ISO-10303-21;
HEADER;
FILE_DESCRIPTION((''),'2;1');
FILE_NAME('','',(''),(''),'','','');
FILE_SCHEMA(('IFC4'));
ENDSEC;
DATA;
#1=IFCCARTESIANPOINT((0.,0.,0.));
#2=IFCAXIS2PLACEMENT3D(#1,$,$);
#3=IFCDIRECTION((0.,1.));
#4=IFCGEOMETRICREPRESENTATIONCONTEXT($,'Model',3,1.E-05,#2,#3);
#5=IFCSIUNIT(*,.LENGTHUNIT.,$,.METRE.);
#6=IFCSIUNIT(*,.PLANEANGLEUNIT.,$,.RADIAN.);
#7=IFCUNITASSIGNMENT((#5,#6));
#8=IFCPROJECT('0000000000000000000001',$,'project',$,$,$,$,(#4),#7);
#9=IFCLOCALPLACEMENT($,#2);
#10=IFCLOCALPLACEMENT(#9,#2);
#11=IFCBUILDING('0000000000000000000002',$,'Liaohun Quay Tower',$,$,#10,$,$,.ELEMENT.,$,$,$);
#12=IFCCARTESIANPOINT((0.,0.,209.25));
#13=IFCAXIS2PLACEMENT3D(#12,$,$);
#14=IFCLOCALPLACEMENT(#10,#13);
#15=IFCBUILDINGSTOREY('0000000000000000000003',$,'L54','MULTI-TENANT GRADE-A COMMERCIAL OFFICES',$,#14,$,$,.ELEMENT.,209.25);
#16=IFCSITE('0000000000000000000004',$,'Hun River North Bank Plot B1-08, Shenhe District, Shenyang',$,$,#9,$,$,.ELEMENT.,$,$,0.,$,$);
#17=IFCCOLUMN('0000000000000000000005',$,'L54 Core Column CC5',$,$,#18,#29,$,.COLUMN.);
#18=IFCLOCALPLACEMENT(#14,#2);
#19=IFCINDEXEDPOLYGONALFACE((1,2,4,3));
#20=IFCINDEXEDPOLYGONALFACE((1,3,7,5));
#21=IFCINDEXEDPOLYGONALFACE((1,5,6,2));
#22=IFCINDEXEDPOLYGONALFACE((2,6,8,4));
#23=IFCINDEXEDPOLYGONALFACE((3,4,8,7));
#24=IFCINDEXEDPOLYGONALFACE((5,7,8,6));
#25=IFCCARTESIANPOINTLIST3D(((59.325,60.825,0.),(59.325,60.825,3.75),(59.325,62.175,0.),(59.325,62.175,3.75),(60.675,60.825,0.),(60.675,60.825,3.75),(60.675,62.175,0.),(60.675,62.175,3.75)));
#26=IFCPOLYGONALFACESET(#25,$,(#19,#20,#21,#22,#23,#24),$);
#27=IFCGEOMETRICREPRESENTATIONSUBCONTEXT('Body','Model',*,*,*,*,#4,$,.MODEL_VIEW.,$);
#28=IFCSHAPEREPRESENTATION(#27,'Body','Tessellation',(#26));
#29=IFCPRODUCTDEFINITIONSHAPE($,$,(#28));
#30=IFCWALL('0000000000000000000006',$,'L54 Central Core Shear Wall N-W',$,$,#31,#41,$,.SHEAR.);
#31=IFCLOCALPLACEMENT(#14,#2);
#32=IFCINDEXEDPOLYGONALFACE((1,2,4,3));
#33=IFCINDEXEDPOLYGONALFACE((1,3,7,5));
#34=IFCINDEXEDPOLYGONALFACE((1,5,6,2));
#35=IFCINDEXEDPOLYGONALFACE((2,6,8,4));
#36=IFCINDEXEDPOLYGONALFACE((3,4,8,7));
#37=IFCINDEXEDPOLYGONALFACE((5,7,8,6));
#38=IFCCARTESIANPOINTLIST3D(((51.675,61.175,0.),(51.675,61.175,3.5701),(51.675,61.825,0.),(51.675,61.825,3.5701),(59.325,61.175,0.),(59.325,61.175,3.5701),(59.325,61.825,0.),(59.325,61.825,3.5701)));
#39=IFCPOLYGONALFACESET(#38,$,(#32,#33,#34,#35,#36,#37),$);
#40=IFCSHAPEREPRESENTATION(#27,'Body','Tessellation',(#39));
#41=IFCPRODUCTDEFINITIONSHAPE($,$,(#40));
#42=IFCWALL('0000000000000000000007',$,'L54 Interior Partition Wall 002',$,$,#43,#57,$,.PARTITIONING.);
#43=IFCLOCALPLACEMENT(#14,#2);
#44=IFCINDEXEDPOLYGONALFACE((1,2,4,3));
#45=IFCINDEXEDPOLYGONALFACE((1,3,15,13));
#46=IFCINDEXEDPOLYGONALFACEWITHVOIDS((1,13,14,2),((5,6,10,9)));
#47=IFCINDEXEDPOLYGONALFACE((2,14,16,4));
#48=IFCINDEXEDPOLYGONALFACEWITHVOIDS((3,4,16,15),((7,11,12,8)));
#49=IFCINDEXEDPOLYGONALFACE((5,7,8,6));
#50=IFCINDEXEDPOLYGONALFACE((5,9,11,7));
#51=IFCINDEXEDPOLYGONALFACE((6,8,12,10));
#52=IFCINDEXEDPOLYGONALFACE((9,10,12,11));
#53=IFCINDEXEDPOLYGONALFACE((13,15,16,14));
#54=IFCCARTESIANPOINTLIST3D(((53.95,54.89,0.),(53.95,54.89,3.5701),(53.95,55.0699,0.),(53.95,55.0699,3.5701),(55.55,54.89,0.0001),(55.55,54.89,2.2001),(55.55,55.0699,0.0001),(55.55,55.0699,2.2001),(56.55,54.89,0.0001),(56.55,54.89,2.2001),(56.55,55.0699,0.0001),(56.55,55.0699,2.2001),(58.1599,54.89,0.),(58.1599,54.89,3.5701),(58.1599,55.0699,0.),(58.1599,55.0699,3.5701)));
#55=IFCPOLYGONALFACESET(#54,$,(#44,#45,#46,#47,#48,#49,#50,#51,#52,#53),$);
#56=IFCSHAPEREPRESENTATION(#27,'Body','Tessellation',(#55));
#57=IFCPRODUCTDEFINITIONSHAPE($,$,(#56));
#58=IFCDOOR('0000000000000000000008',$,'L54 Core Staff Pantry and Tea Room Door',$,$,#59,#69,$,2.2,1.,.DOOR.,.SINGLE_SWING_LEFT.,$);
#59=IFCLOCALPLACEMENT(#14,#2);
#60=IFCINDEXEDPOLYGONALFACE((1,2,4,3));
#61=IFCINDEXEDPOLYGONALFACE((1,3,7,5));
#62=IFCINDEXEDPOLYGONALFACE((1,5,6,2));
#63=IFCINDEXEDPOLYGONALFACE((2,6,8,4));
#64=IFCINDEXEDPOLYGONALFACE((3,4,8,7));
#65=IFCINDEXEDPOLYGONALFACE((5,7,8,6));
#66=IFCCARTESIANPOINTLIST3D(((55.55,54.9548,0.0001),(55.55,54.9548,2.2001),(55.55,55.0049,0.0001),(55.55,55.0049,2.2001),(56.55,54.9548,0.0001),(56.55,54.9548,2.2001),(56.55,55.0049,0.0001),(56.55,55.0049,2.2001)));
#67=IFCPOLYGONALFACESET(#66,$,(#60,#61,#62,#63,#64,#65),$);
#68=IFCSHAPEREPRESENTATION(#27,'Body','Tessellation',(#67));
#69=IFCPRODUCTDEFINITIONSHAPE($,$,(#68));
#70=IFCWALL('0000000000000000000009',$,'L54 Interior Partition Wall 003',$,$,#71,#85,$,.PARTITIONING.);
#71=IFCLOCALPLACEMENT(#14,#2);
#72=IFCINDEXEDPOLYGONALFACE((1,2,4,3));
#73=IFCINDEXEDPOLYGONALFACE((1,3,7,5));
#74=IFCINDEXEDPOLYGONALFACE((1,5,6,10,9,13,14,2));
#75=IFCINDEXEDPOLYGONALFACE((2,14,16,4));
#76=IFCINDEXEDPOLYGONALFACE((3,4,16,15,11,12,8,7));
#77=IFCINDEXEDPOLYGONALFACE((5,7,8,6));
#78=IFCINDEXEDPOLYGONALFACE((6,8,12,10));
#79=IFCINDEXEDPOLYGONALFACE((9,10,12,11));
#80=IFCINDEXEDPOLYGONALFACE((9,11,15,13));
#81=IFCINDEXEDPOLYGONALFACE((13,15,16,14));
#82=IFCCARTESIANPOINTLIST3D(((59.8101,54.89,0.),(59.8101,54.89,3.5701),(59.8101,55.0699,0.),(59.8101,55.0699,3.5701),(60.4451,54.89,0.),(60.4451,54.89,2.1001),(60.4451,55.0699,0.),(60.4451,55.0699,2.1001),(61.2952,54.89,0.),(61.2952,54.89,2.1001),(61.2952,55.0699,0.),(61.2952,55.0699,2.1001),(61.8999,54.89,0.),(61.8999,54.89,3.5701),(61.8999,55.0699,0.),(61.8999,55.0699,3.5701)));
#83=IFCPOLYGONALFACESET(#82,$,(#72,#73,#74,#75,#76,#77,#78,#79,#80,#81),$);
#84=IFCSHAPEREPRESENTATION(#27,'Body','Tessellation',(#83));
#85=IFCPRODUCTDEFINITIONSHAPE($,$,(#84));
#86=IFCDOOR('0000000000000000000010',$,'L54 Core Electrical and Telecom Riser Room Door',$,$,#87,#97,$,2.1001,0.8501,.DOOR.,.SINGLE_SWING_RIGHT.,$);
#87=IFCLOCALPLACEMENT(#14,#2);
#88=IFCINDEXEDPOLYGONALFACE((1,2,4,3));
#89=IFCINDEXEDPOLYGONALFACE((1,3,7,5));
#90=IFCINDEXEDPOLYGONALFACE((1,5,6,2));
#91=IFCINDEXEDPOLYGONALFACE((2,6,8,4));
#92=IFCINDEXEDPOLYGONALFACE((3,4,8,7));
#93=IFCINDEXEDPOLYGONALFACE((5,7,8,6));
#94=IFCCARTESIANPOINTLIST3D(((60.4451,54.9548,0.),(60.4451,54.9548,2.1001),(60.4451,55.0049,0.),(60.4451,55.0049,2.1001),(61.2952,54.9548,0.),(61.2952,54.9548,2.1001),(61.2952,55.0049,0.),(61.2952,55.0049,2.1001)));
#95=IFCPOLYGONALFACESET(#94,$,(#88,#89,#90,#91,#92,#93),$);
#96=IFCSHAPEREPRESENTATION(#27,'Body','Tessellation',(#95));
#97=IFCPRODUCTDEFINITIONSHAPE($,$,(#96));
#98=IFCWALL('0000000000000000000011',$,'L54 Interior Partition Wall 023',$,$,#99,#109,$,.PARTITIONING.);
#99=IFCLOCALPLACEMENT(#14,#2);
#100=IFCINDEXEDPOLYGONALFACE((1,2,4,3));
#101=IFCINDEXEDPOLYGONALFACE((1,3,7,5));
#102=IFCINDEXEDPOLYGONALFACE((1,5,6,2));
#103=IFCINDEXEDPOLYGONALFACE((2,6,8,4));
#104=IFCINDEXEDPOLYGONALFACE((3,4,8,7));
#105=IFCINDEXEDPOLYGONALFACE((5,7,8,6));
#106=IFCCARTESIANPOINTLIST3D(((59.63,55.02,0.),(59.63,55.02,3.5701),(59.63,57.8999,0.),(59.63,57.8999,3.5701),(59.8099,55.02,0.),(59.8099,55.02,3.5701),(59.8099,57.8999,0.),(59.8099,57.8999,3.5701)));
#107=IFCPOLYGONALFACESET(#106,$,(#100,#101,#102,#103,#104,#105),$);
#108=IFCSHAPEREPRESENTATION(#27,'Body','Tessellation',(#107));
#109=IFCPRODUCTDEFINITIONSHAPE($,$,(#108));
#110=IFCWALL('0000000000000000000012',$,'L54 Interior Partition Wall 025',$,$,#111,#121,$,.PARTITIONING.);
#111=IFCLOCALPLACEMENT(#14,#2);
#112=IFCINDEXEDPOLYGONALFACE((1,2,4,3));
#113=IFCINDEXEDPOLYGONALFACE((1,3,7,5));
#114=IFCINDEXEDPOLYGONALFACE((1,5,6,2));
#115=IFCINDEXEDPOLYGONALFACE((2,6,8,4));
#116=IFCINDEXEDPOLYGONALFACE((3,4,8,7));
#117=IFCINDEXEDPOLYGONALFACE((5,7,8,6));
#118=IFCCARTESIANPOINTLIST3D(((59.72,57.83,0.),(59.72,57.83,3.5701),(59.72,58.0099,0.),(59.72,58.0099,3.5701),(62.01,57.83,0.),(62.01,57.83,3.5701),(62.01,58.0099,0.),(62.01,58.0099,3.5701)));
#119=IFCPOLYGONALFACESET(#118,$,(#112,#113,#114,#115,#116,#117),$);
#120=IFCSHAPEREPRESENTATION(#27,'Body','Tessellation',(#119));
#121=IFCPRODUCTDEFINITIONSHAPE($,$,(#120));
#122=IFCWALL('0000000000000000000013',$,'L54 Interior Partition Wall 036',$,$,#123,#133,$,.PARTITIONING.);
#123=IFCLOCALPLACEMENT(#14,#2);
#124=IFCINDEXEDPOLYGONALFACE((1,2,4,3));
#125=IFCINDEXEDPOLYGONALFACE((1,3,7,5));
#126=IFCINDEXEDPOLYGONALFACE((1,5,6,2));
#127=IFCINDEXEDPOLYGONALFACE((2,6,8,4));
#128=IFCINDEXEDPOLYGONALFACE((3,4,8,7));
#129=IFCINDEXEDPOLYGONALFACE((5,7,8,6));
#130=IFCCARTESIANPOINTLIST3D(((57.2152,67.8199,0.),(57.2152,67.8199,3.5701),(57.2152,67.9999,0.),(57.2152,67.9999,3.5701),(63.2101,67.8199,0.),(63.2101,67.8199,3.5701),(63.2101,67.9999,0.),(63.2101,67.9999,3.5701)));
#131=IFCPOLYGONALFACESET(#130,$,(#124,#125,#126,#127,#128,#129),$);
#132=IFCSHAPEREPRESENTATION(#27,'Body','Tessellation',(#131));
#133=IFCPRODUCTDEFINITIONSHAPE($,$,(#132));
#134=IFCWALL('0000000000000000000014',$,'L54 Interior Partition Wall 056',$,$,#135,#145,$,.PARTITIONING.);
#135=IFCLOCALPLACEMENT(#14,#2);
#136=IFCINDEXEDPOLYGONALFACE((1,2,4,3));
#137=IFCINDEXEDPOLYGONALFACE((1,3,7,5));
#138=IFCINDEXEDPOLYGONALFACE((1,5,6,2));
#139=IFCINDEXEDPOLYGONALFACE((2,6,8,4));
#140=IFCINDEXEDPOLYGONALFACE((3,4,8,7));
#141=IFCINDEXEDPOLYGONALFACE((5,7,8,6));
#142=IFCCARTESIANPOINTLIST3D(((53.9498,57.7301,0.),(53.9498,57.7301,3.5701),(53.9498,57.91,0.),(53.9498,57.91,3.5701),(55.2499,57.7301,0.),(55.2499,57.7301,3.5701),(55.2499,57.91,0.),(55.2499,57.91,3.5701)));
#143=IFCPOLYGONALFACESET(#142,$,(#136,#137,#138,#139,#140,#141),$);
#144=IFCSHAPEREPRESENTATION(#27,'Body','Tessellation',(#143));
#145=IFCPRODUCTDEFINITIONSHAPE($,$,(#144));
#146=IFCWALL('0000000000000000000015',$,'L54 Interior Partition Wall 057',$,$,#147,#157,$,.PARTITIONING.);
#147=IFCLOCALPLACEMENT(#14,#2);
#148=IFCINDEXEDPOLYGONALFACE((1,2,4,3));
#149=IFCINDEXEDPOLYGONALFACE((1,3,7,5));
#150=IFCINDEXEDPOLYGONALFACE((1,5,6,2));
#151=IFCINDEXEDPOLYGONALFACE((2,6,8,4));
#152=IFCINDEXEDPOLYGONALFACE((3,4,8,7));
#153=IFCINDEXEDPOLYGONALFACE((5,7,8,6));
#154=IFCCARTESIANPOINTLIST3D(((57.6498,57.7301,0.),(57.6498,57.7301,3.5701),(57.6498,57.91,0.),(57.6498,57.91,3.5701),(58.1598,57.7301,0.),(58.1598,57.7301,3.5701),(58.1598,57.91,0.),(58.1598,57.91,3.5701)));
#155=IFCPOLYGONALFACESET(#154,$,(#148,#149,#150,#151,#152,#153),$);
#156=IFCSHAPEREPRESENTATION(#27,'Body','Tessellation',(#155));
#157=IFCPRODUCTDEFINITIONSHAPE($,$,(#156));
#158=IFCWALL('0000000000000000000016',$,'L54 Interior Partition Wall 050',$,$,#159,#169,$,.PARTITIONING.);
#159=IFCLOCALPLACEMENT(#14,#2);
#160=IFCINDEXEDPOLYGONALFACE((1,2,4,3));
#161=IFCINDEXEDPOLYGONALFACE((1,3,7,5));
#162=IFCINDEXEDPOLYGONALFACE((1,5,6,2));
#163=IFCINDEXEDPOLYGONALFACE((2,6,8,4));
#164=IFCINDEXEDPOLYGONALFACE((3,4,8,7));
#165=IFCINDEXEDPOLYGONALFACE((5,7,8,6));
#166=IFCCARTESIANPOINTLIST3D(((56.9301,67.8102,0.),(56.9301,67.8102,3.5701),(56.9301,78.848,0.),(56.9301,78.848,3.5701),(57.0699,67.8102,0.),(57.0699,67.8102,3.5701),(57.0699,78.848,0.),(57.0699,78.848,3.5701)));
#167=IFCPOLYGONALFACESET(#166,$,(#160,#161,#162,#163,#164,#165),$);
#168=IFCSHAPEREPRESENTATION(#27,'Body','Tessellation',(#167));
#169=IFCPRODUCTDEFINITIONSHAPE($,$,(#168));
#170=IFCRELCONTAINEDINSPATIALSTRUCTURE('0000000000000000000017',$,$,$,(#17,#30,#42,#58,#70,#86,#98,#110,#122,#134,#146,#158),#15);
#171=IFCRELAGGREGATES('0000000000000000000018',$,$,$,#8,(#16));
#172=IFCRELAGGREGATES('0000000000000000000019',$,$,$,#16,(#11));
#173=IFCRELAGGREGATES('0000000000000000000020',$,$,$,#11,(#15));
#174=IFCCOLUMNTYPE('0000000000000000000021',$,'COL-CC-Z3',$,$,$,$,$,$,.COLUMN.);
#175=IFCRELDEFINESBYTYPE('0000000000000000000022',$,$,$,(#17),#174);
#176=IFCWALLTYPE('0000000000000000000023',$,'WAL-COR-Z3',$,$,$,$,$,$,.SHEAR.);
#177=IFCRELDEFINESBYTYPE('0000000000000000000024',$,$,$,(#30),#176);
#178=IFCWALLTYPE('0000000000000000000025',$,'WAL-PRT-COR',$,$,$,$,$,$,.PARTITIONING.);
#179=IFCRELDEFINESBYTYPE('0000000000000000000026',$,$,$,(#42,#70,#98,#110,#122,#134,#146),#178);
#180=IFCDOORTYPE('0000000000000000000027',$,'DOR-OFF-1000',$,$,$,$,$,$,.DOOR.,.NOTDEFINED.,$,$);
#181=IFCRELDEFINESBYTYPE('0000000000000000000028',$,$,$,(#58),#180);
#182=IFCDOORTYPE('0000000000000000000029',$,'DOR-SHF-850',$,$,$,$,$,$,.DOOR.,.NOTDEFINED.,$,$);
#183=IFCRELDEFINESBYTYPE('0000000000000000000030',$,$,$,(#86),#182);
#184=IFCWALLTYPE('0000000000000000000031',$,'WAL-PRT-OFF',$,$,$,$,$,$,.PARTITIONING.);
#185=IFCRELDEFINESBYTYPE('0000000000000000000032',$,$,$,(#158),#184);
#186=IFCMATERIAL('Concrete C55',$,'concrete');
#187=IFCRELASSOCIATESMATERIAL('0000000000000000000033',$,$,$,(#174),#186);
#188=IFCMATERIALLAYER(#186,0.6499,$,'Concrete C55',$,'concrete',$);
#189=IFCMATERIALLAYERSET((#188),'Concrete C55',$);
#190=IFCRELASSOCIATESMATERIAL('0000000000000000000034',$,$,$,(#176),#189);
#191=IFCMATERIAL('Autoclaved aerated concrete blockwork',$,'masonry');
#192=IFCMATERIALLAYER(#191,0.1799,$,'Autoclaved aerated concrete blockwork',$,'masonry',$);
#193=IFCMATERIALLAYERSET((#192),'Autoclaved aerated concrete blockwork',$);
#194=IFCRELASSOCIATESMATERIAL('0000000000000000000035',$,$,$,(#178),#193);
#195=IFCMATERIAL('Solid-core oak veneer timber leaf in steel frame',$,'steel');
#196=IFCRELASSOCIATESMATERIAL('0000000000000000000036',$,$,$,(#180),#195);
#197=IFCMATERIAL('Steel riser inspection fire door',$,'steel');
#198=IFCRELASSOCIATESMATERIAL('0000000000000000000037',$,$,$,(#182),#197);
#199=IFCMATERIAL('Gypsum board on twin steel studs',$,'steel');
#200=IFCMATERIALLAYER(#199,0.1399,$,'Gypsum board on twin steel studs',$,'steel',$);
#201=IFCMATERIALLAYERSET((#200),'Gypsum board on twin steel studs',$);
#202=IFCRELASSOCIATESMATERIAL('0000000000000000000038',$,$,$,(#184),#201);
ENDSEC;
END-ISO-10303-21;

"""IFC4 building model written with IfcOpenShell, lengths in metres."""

from ifc_helpers import new_model, si_unit, direction, frame, frame_2d, origin, origin_2d, place, context, subcontext, project, spatial, rectangle, extrude, source, transform, mapped, material, layer, layer_set, material_profile, profile_set, type_object, element, fill, save


model = new_model("IFC4")

# Units and contexts
model_context = context("Model", 3, precision=1e-05, world=origin(), true_north=direction((0.0, 1.0)))
body_context = subcontext(model_context, "Body", "Model", "MODEL_VIEW")
ifc_project = project(units=[si_unit("LENGTHUNIT", "METRE"), si_unit("PLANEANGLEUNIT", "RADIAN")], contexts=[model_context])

# Site, building, storey
site_placement = place(None, origin())
site = spatial("IfcSite", under=ifc_project, at=site_placement, Name="Hun River North Bank Plot B1-08, Shenhe District, Shenyang", CompositionType="ELEMENT", RefElevation=0.0)
building_placement = place(site_placement, origin())
building = spatial("IfcBuilding", under=site, at=building_placement, Name="Liaohun Quay Tower", CompositionType="ELEMENT")
storey_placement = place(building_placement, frame((0.0, 0.0, 209.25)))
storey = spatial("IfcBuildingStorey", under=building, at=storey_placement, Name="L54", Description="MULTI-TENANT GRADE-A COMMERCIAL OFFICES", CompositionType="ELEMENT", Elevation=209.25)

# Column
ifc_material_1 = material(Name="Concrete C55", Category="concrete")
ifc_material_profile = material_profile(ifc_material_1, rectangle(XDim=1.3501, YDim=1.3501, at=origin_2d()), Name="RC1350x1350")
ifc_profile_set = profile_set([ifc_material_profile], Name="Concrete C55")
column_type = type_object("IfcColumnType", Name="COL-CC-Z3", PredefinedType="COLUMN", material=ifc_profile_set)
shared_shape_1 = source(origin(), body_context, "Body", "SweptSolid", [
    extrude(rectangle(XDim=1.3501, YDim=1.3501, at=origin_2d()), origin(), (0.0, 0.0, 1.0), 3.75),
])
column_placement = place(storey_placement, frame((60.0, 61.5, 0.0), z_axis=(0.0, 0.0, 1.0), x_axis=(1.0, 0.0, 0.0)))
element("IfcColumn", 1, at=column_placement, inside=storey, type_object=column_type, Name="L54 Core Column CC5", PredefinedType="COLUMN", context=body_context, shape_type="MappedRepresentation", body=[
    mapped(shared_shape_1, transform((0.0, 0.0, 0.0), x_axis=(1.0, 0.0, 0.0), y_axis=(0.0, 1.0, 0.0), z_axis=(0.0, 0.0, 1.0), scale=1.0)),
])

# Wall
ifc_layer_1 = layer(ifc_material_1, 0.6499, Name="Concrete C55", Category="concrete")
ifc_layer_set_1 = layer_set([ifc_layer_1], Name="Concrete C55")
wall_type_1 = type_object("IfcWallType", Name="WAL-COR-Z3", PredefinedType="SHEAR", material=ifc_layer_set_1)
wall_1_placement = place(storey_placement, frame((51.675, 61.5, 0.0), z_axis=(0.0, 0.0, 1.0), x_axis=(1.0, 0.0, 0.0)))
element("IfcWall", 2, at=wall_1_placement, inside=storey, type_object=wall_type_1, Name="L54 Central Core Shear Wall N-W", PredefinedType="SHEAR", context=body_context, shape_type="SweptSolid", body=[
    extrude(rectangle(XDim=7.6499, YDim=0.6499, at=frame_2d((3.825, 0.0))), origin(), (0.0, 0.0, 1.0), 3.5701),
])

# Walls, openings, doors
ifc_material_2 = material(Name="Autoclaved aerated concrete blockwork", Category="masonry")
ifc_layer_2 = layer(ifc_material_2, 0.1799, Name="Autoclaved aerated concrete blockwork", Category="masonry")
ifc_layer_set_2 = layer_set([ifc_layer_2], Name="Autoclaved aerated concrete blockwork")
wall_type_2 = type_object("IfcWallType", Name="WAL-PRT-COR", PredefinedType="PARTITIONING", material=ifc_layer_set_2)
wall_2_placement = place(storey_placement, frame((53.95, 54.98, 0.0), z_axis=(0.0, 0.0, 1.0), x_axis=(1.0, 0.0, 0.0)))
wall_2 = element("IfcWall", 3, at=wall_2_placement, inside=storey, type_object=wall_type_2, Name="L54 Interior Partition Wall 002", PredefinedType="PARTITIONING", context=body_context, shape_type="SweptSolid", body=[
    extrude(rectangle(XDim=4.21, YDim=0.1799, at=frame_2d((2.105, 0.0))), origin(), (0.0, 0.0, 1.0), 3.5701),
])
shared_shape_2 = source(origin(), body_context, "Body", "SweptSolid", [
    extrude(rectangle(XDim=1.0, YDim=2.2, at=frame_2d((0.5, 1.1001))), frame((0.0, 0.0999, 0.0), z_axis=(0.0, -1.0, 0.0), x_axis=(1.0, 0.0, 0.0)), (0.0, 0.0, 1.0), 0.2),
])
opening_1_placement = place(wall_2_placement, frame((1.6001, 0.0, 0.0)))
opening_1 = element("IfcOpeningElement", 4, at=opening_1_placement, cuts=wall_2, PredefinedType="OPENING", context=body_context, shape_type="MappedRepresentation", body=[
    mapped(shared_shape_2, transform((0.0, 0.0, 0.0), x_axis=(1.0, 0.0, 0.0), y_axis=(0.0, 1.0, 0.0), z_axis=(0.0, 0.0, 1.0), scale=1.0)),
])
ifc_material_3 = material(Name="Solid-core oak veneer timber leaf in steel frame", Category="steel")
door_type_1 = type_object("IfcDoorType", Name="DOR-OFF-1000", OperationType="NOTDEFINED", PredefinedType="DOOR", material=ifc_material_3)
shared_shape_3 = source(origin(), body_context, "Body", "SweptSolid", [
    extrude(rectangle(XDim=1.0, YDim=2.2, at=frame_2d((0.5, 1.1001))), frame((0.0, 0.0249, 0.0), z_axis=(0.0, -1.0, 0.0), x_axis=(1.0, 0.0, 0.0)), (0.0, 0.0, 1.0), 0.05),
])
door_1_placement = place(opening_1_placement, origin())
door_1 = element("IfcDoor", 5, at=door_1_placement, inside=storey, type_object=door_type_1, Name="L54 Core Staff Pantry and Tea Room Door", OperationType="SINGLE_SWING_LEFT", OverallHeight=2.2, OverallWidth=1.0, PredefinedType="DOOR", context=body_context, shape_type="MappedRepresentation", body=[
    mapped(shared_shape_3, transform((0.0, 0.0, 0.0), x_axis=(1.0, 0.0, 0.0), y_axis=(0.0, 1.0, 0.0), z_axis=(0.0, 0.0, 1.0), scale=1.0)),
])
fill(opening_1, door_1)
wall_3_placement = place(storey_placement, frame((59.8101, 54.98, 0.0), z_axis=(0.0, 0.0, 1.0), x_axis=(1.0, 0.0, 0.0)))
wall_3 = element("IfcWall", 6, at=wall_3_placement, inside=storey, type_object=wall_type_2, Name="L54 Interior Partition Wall 003", PredefinedType="PARTITIONING", context=body_context, shape_type="SweptSolid", body=[
    extrude(rectangle(XDim=2.0898, YDim=0.1799, at=frame_2d((1.0449, 0.0))), origin(), (0.0, 0.0, 1.0), 3.5701),
])
shared_shape_4 = source(origin(), body_context, "Body", "SweptSolid", [
    extrude(rectangle(XDim=0.8501, YDim=2.1001, at=frame_2d((0.425, 1.05))), frame((0.0, 0.0999, 0.0), z_axis=(0.0, -1.0, 0.0), x_axis=(1.0, 0.0, 0.0)), (0.0, 0.0, 1.0), 0.2),
])
opening_2_placement = place(wall_3_placement, frame((0.635, 0.0, 0.0)))
opening_2 = element("IfcOpeningElement", 7, at=opening_2_placement, cuts=wall_3, PredefinedType="OPENING", context=body_context, shape_type="MappedRepresentation", body=[
    mapped(shared_shape_4, transform((0.0, 0.0, 0.0), x_axis=(1.0, 0.0, 0.0), y_axis=(0.0, 1.0, 0.0), z_axis=(0.0, 0.0, 1.0), scale=1.0)),
])
ifc_material_4 = material(Name="Steel riser inspection fire door", Category="steel")
door_type_2 = type_object("IfcDoorType", Name="DOR-SHF-850", OperationType="NOTDEFINED", PredefinedType="DOOR", material=ifc_material_4)
shared_shape_5 = source(origin(), body_context, "Body", "SweptSolid", [
    extrude(rectangle(XDim=0.8501, YDim=2.1001, at=frame_2d((0.425, 1.05))), frame((0.0, 0.0249, 0.0), z_axis=(0.0, -1.0, 0.0), x_axis=(1.0, 0.0, 0.0)), (0.0, 0.0, 1.0), 0.05),
])
door_2_placement = place(opening_2_placement, origin())
door_2 = element("IfcDoor", 8, at=door_2_placement, inside=storey, type_object=door_type_2, Name="L54 Core Electrical and Telecom Riser Room Door", OperationType="SINGLE_SWING_RIGHT", OverallHeight=2.1001, OverallWidth=0.8501, PredefinedType="DOOR", context=body_context, shape_type="MappedRepresentation", body=[
    mapped(shared_shape_5, transform((0.0, 0.0, 0.0), x_axis=(1.0, 0.0, 0.0), y_axis=(0.0, 1.0, 0.0), z_axis=(0.0, 0.0, 1.0), scale=1.0)),
])
fill(opening_2, door_2)

# Walls
wall_4_placement = place(storey_placement, frame((59.72, 55.02, 0.0), z_axis=(0.0, 0.0, 1.0), x_axis=(0.0, 1.0, 0.0)))
element("IfcWall", 9, at=wall_4_placement, inside=storey, type_object=wall_type_2, Name="L54 Interior Partition Wall 023", PredefinedType="PARTITIONING", context=body_context, shape_type="SweptSolid", body=[
    extrude(rectangle(XDim=2.8799, YDim=0.1799, at=frame_2d((1.4399, 0.0))), origin(), (0.0, 0.0, 1.0), 3.5701),
])
wall_5_placement = place(storey_placement, frame((59.72, 57.9199, 0.0), z_axis=(0.0, 0.0, 1.0), x_axis=(1.0, 0.0, 0.0)))
element("IfcWall", 10, at=wall_5_placement, inside=storey, type_object=wall_type_2, Name="L54 Interior Partition Wall 025", PredefinedType="PARTITIONING", context=body_context, shape_type="SweptSolid", body=[
    extrude(rectangle(XDim=2.29, YDim=0.1799, at=frame_2d((1.145, 0.0))), origin(), (0.0, 0.0, 1.0), 3.5701),
])
wall_6_placement = place(storey_placement, frame((57.2151, 67.9099, 0.0), z_axis=(0.0, 0.0, 1.0), x_axis=(1.0, 0.0, 0.0)))
element("IfcWall", 11, at=wall_6_placement, inside=storey, type_object=wall_type_2, Name="L54 Interior Partition Wall 036", PredefinedType="PARTITIONING", context=body_context, shape_type="SweptSolid", body=[
    extrude(rectangle(XDim=5.9949, YDim=0.1799, at=frame_2d((2.9976, 0.0))), origin(), (0.0, 0.0, 1.0), 3.5701),
])
wall_7_placement = place(storey_placement, frame((53.95, 57.8201, 0.0), z_axis=(0.0, 0.0, 1.0), x_axis=(1.0, 0.0, 0.0)))
element("IfcWall", 12, at=wall_7_placement, inside=storey, type_object=wall_type_2, Name="L54 Interior Partition Wall 056", PredefinedType="PARTITIONING", context=body_context, shape_type="SweptSolid", body=[
    extrude(rectangle(XDim=1.3, YDim=0.1799, at=frame_2d((0.6499, 0.0))), origin(), (0.0, 0.0, 1.0), 3.5701),
])
wall_8_placement = place(storey_placement, frame((57.6499, 57.8201, 0.0), z_axis=(0.0, 0.0, 1.0), x_axis=(1.0, 0.0, 0.0)))
element("IfcWall", 13, at=wall_8_placement, inside=storey, type_object=wall_type_2, Name="L54 Interior Partition Wall 057", PredefinedType="PARTITIONING", context=body_context, shape_type="SweptSolid", body=[
    extrude(rectangle(XDim=0.51, YDim=0.1799, at=frame_2d((0.2549, 0.0))), origin(), (0.0, 0.0, 1.0), 3.5701),
])
ifc_material_5 = material(Name="Gypsum board on twin steel studs", Category="steel")
ifc_layer_3 = layer(ifc_material_5, 0.1399, Name="Gypsum board on twin steel studs", Category="steel")
ifc_layer_set_3 = layer_set([ifc_layer_3], Name="Gypsum board on twin steel studs")
wall_type_3 = type_object("IfcWallType", Name="WAL-PRT-OFF", PredefinedType="PARTITIONING", material=ifc_layer_set_3)
wall_9_placement = place(storey_placement, frame((57.0, 67.8101, 0.0), z_axis=(0.0, 0.0, 1.0), x_axis=(0.0, 1.0, 0.0)))
element("IfcWall", 14, at=wall_9_placement, inside=storey, type_object=wall_type_3, Name="L54 Interior Partition Wall 050", PredefinedType="PARTITIONING", context=body_context, shape_type="SweptSolid", body=[
    extrude(rectangle(XDim=11.0378, YDim=0.1399, at=frame_2d((5.519, 0.0))), origin(), (0.0, 0.0, 1.0), 3.5701),
])

save(model, "model.ifc")
